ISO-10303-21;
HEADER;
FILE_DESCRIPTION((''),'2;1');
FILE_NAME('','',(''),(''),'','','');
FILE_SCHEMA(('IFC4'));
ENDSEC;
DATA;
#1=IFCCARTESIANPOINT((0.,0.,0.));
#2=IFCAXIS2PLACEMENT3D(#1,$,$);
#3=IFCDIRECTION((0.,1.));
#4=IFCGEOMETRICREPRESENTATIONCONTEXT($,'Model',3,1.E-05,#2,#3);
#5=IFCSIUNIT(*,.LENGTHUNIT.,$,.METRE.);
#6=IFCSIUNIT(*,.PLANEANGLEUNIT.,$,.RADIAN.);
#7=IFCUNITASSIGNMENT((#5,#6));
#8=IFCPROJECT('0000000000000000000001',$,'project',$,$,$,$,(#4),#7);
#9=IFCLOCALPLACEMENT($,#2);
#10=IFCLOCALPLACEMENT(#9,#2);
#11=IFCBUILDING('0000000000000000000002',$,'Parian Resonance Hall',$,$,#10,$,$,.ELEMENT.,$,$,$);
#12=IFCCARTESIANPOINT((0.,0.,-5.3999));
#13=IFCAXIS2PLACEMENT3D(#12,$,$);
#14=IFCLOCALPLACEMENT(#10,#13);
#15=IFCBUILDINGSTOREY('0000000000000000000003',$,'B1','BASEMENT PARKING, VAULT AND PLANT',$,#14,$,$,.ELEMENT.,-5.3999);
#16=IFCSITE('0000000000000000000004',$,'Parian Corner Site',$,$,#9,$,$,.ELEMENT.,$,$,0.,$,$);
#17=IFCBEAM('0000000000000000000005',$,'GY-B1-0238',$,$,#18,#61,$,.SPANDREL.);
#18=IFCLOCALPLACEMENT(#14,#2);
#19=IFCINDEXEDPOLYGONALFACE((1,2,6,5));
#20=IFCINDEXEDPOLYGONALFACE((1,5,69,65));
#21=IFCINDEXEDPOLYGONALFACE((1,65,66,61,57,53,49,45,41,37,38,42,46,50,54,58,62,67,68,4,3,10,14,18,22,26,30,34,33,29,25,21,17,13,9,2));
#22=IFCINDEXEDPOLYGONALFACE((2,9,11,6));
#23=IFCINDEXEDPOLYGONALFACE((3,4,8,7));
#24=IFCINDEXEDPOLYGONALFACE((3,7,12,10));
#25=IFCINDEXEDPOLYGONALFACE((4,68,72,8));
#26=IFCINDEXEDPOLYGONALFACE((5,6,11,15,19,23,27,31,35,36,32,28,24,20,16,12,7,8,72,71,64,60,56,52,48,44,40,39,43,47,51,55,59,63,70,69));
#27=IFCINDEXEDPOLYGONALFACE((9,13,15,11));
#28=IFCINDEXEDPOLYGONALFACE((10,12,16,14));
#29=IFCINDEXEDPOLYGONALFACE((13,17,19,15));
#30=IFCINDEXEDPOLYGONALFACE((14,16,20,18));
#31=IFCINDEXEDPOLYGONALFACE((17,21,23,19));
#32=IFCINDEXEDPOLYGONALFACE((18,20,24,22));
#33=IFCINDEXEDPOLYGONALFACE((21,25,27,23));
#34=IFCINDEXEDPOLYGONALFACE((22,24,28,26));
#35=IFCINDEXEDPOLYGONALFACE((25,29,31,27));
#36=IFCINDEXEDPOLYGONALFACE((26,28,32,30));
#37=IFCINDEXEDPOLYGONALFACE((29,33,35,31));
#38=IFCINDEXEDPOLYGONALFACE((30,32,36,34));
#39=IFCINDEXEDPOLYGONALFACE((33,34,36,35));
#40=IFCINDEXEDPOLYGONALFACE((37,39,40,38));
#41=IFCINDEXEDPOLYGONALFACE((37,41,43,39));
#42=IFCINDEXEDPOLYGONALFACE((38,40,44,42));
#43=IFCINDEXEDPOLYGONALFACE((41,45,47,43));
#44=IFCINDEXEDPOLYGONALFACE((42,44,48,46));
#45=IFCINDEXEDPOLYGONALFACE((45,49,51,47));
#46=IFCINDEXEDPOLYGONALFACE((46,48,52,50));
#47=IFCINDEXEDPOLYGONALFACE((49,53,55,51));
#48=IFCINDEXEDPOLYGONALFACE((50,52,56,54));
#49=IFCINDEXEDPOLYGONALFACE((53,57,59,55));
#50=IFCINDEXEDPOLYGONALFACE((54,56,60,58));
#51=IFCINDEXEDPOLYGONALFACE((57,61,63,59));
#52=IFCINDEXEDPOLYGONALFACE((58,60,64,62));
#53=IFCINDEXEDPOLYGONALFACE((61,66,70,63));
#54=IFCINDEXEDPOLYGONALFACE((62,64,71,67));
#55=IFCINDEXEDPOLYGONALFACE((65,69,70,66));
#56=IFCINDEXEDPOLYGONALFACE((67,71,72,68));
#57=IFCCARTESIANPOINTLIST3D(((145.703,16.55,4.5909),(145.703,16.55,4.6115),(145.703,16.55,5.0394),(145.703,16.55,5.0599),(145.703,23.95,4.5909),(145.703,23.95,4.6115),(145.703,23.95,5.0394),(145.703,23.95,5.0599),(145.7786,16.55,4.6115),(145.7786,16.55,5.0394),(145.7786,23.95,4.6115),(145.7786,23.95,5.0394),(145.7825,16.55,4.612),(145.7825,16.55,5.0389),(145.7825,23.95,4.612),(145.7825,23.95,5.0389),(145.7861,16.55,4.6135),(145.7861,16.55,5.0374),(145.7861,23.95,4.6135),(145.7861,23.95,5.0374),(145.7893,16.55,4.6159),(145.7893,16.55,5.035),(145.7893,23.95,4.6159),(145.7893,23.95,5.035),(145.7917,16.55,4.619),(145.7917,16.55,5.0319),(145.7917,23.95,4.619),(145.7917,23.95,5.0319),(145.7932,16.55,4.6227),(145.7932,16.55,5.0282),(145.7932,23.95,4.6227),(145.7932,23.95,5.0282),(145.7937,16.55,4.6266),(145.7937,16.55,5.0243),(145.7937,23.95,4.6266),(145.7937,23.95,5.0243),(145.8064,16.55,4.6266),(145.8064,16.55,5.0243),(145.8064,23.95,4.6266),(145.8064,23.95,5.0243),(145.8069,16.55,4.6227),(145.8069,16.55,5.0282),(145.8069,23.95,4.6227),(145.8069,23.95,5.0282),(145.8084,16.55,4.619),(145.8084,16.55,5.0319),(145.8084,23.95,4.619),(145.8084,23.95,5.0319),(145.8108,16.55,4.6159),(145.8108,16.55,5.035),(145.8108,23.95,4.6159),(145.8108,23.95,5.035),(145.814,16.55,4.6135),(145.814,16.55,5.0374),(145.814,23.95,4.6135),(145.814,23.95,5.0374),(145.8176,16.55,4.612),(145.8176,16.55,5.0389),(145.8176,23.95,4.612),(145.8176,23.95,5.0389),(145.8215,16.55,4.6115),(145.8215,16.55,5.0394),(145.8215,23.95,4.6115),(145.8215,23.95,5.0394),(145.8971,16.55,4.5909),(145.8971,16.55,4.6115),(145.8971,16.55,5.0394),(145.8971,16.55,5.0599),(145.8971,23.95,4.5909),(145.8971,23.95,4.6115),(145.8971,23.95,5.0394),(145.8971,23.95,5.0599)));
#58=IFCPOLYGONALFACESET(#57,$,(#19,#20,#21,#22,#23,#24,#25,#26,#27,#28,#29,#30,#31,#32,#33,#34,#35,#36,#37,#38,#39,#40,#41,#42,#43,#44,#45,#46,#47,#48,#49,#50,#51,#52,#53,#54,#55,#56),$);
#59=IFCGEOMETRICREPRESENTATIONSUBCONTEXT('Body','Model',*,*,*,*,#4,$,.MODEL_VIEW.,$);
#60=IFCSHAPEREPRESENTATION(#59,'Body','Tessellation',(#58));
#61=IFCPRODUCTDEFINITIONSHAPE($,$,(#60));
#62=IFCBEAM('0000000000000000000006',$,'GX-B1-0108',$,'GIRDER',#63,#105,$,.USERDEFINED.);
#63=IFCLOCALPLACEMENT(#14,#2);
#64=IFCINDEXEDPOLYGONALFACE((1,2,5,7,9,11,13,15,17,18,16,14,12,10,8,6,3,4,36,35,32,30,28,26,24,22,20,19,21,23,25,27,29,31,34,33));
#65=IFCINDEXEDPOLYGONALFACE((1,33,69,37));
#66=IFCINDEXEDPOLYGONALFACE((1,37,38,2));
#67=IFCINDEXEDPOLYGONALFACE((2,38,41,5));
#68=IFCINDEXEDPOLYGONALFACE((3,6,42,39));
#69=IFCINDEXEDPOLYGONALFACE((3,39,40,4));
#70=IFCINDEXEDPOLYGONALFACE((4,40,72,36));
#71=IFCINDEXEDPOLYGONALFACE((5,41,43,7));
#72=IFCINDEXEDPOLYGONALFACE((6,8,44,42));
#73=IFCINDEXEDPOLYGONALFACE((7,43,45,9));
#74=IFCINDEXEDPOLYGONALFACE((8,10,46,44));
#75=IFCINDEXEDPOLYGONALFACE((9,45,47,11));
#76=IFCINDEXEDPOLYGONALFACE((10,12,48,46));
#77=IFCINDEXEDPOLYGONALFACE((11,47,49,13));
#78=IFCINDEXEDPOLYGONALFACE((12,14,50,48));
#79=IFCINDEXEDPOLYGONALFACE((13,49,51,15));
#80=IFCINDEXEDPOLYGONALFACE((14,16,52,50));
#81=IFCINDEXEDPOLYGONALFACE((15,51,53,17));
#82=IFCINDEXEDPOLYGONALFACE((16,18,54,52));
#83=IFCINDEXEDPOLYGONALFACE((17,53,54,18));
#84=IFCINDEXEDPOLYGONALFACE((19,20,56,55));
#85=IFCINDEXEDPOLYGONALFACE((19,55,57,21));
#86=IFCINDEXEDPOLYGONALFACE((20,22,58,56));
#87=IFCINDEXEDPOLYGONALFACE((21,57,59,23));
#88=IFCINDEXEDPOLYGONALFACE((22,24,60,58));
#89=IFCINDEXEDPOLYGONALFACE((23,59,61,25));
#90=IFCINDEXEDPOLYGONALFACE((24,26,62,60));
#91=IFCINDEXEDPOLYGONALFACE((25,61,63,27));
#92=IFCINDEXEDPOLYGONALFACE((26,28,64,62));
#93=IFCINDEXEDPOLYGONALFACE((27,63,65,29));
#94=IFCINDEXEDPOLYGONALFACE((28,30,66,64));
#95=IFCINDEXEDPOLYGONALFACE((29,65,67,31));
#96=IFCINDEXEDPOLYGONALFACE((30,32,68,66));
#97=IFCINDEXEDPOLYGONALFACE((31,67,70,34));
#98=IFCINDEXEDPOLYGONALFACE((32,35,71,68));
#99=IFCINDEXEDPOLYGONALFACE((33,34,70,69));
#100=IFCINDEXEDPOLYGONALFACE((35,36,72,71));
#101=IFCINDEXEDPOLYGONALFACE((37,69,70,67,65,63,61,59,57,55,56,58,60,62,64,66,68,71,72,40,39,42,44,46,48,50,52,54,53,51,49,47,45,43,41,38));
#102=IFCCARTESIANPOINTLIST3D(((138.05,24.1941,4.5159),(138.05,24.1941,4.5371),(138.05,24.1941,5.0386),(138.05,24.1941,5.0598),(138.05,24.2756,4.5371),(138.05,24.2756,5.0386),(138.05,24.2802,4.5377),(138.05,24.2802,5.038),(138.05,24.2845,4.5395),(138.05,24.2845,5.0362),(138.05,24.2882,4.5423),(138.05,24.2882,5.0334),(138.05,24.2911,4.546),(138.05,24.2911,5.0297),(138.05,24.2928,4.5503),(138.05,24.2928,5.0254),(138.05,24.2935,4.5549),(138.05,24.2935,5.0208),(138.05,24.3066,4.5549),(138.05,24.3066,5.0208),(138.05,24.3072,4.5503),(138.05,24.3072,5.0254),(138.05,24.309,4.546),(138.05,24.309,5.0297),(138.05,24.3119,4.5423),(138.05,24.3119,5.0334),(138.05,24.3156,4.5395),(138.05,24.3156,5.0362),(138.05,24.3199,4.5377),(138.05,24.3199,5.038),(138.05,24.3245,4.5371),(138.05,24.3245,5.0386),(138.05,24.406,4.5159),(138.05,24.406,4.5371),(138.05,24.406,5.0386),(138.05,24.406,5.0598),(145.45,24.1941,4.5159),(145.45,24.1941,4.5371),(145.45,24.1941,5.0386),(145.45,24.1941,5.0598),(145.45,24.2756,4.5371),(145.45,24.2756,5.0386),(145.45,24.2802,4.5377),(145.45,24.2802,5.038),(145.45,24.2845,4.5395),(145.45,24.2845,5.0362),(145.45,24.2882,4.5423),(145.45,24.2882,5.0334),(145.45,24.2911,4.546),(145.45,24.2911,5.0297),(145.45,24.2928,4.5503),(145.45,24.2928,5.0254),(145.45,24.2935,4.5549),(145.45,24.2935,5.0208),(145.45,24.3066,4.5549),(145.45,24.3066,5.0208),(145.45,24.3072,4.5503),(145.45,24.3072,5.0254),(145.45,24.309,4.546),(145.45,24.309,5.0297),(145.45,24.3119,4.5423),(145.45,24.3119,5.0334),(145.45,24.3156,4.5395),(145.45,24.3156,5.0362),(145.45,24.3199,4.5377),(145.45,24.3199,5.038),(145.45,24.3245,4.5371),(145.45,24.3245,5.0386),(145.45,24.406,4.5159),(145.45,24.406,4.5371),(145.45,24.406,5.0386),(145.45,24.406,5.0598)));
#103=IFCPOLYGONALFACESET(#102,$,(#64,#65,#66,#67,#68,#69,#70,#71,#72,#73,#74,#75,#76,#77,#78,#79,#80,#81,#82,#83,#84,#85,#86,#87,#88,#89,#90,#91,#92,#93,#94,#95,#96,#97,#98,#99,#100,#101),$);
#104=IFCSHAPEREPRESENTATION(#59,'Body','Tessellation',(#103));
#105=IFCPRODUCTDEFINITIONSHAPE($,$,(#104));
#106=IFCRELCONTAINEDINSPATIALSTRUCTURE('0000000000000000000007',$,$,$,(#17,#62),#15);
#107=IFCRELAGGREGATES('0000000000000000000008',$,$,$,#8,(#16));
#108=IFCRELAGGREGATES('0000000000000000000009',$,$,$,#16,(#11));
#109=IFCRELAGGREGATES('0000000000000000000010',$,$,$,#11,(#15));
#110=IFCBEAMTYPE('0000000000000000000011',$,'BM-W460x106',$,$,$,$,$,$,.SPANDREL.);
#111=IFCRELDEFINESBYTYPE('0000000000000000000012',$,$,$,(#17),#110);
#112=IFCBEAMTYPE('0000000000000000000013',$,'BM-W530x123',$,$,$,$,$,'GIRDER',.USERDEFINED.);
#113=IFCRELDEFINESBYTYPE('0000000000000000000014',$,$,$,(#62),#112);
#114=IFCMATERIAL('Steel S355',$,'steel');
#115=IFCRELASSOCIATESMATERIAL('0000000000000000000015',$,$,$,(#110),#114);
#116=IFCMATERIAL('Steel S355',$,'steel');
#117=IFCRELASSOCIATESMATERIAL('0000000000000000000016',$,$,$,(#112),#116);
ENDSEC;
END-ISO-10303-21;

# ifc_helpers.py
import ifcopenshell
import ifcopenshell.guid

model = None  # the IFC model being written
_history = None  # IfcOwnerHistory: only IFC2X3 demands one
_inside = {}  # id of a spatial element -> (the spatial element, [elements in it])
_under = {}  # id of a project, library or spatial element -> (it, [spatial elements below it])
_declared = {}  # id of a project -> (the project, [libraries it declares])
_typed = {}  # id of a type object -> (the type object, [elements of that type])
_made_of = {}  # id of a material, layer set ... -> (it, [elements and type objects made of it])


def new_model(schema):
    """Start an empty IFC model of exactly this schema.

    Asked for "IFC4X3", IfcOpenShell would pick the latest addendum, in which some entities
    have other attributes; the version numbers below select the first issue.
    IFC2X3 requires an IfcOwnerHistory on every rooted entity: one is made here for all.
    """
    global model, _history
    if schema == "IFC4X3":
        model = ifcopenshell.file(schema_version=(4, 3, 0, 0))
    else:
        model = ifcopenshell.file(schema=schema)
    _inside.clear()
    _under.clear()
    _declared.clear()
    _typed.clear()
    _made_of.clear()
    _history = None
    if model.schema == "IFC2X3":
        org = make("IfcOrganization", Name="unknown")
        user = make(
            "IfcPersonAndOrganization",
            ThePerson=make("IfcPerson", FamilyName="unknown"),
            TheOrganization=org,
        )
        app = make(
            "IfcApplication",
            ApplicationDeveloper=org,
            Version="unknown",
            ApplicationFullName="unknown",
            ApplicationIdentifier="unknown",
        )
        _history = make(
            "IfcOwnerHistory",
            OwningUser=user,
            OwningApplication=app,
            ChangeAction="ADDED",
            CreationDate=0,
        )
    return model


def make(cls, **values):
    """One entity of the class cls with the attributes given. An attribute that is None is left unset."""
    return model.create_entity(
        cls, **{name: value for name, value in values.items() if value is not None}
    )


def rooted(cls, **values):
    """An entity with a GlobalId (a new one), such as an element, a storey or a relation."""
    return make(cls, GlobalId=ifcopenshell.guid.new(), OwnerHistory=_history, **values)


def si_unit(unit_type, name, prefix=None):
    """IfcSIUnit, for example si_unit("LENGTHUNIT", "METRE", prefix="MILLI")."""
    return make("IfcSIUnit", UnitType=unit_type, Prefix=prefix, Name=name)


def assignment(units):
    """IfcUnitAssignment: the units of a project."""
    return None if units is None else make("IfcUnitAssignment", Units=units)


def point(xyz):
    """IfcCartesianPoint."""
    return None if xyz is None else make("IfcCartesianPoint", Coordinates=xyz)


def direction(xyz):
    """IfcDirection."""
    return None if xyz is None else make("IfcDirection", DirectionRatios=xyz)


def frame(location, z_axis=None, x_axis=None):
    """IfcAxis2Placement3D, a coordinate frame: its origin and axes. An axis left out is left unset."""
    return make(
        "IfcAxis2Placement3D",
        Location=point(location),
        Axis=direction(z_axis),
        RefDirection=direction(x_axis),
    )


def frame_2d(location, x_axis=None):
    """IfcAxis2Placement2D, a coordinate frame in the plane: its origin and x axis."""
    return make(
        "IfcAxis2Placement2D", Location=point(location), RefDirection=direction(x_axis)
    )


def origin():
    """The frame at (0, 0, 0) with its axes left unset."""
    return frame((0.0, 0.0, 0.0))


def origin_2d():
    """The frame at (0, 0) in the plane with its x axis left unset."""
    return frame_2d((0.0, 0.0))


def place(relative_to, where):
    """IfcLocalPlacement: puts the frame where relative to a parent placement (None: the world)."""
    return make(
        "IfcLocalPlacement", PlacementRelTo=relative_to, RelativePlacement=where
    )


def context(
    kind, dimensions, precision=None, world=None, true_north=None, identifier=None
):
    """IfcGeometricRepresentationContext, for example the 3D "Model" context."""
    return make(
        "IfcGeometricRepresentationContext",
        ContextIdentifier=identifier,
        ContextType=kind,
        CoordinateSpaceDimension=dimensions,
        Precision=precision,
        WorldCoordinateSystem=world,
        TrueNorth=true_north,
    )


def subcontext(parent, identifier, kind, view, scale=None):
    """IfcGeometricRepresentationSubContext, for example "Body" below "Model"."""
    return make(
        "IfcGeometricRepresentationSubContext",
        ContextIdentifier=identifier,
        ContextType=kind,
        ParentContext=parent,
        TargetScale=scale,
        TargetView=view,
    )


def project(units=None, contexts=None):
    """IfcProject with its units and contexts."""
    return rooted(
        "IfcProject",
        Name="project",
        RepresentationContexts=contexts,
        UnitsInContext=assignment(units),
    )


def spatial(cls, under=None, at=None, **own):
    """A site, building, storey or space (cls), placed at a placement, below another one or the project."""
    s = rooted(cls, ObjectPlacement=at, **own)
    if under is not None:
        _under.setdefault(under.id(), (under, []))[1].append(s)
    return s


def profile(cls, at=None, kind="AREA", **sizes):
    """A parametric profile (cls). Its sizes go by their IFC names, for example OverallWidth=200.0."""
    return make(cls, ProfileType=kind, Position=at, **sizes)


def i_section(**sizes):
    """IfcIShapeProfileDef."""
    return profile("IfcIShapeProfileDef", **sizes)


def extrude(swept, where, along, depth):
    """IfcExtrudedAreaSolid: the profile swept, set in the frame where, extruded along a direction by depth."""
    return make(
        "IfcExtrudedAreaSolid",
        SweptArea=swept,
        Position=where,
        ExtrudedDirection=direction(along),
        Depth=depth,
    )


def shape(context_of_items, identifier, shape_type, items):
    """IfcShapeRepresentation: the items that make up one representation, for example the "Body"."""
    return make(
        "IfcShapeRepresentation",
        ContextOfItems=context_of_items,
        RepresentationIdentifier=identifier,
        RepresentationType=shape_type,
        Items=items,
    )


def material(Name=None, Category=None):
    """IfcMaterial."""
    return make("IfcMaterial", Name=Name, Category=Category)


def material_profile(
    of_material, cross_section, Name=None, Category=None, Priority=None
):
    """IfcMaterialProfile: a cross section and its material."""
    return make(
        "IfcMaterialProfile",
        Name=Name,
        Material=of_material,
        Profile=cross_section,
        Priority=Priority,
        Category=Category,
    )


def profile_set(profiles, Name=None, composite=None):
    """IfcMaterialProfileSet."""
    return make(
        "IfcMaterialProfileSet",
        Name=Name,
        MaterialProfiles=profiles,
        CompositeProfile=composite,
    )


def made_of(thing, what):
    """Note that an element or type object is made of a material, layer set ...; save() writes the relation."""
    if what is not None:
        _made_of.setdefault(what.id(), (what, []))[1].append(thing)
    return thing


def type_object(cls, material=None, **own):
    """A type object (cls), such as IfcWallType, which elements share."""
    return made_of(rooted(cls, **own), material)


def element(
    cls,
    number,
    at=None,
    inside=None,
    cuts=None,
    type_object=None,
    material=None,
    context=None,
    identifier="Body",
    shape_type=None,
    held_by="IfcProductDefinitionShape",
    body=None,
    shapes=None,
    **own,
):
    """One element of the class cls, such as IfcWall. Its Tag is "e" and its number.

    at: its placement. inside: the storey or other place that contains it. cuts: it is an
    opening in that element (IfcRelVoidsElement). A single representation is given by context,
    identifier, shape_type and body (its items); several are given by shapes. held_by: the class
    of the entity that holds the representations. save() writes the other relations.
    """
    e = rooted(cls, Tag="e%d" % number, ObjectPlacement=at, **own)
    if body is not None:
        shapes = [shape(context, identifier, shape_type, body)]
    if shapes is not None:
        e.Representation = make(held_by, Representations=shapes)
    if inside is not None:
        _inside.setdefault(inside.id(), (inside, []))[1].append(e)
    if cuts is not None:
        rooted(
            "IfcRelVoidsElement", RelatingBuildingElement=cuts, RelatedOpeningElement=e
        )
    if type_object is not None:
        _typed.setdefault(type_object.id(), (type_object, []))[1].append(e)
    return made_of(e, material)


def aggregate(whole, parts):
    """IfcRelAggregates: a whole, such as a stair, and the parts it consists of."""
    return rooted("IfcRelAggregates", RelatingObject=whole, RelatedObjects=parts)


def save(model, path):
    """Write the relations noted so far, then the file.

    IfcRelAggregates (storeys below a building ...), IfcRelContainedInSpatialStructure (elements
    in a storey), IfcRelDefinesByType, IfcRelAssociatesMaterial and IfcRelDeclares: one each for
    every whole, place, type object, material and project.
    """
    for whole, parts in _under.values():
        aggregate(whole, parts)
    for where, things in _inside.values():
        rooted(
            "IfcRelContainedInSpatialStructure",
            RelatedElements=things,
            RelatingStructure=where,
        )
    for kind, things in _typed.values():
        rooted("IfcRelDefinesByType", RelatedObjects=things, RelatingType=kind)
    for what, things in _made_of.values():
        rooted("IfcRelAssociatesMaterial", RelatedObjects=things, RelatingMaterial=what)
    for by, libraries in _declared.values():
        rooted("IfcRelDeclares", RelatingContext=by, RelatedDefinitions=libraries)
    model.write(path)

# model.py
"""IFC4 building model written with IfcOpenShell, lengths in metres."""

from ifc_helpers import new_model, si_unit, direction, frame, origin, origin_2d, place, context, subcontext, project, spatial, i_section, extrude, material, material_profile, profile_set, type_object, element, save


model = new_model("IFC4")

# Units and contexts
model_context = context("Model", 3, precision=1e-05, world=origin(), true_north=direction((0.0, 1.0)))
body_context = subcontext(model_context, "Body", "Model", "MODEL_VIEW")
ifc_project = project(units=[si_unit("LENGTHUNIT", "METRE"), si_unit("PLANEANGLEUNIT", "RADIAN")], contexts=[model_context])

# Site, building, storey
site_placement = place(None, origin())
site = spatial("IfcSite", under=ifc_project, at=site_placement, Name="Parian Corner Site", CompositionType="ELEMENT", RefElevation=0.0)
building_placement = place(site_placement, origin())
building = spatial("IfcBuilding", under=site, at=building_placement, Name="Parian Resonance Hall", CompositionType="ELEMENT")
storey_placement = place(building_placement, frame((0.0, 0.0, -5.3999)))
storey = spatial("IfcBuildingStorey", under=building, at=storey_placement, Name="B1", Description="BASEMENT PARKING, VAULT AND PLANT", CompositionType="ELEMENT", Elevation=-5.3999)

# Beams
ifc_material_1 = material(Name="Steel S355", Category="steel")
ifc_material_profile_1 = material_profile(ifc_material_1, i_section(OverallWidth=0.1941, OverallDepth=0.469, WebThickness=0.0127, FlangeThickness=0.0205, FilletRadius=0.0151, at=origin_2d()), Name="W460x106")
ifc_profile_set_1 = profile_set([ifc_material_profile_1], Name="Steel S355")
beam_type_1 = type_object("IfcBeamType", Name="BM-W460x106", PredefinedType="SPANDREL", material=ifc_profile_set_1)
beam_1_placement = place(storey_placement, frame((145.8, 16.55, 4.8254), z_axis=(0.0, 1.0, 0.0), x_axis=(-1.0, 0.0, 0.0)))
element("IfcBeam", 1, at=beam_1_placement, inside=storey, type_object=beam_type_1, Name="GY-B1-0238", PredefinedType="SPANDREL", context=body_context, shape_type="SweptSolid", body=[
    extrude(i_section(OverallWidth=0.1941, OverallDepth=0.469, WebThickness=0.0127, FlangeThickness=0.0205, FilletRadius=0.0151, at=origin_2d()), origin(), (0.0, 0.0, 1.0), 7.3999),
])
ifc_material_2 = material(Name="Steel S355", Category="steel")
ifc_material_profile_2 = material_profile(ifc_material_2, i_section(OverallWidth=0.2119, OverallDepth=0.5439, WebThickness=0.0132, FlangeThickness=0.0212, FilletRadius=0.0178, at=origin_2d()), Name="W530x123")
ifc_profile_set_2 = profile_set([ifc_material_profile_2], Name="Steel S355")
beam_type_2 = type_object("IfcBeamType", Name="BM-W530x123", ElementType="GIRDER", PredefinedType="USERDEFINED", material=ifc_profile_set_2)
beam_2_placement = place(storey_placement, frame((138.05, 24.3, 4.7878), z_axis=(1.0, 0.0, 0.0), x_axis=(0.0, 1.0, 0.0)))
element("IfcBeam", 2, at=beam_2_placement, inside=storey, type_object=beam_type_2, Name="GX-B1-0108", ObjectType="GIRDER", PredefinedType="USERDEFINED", context=body_context, shape_type="SweptSolid", body=[
    extrude(i_section(OverallWidth=0.2119, OverallDepth=0.5439, WebThickness=0.0132, FlangeThickness=0.0212, FilletRadius=0.0178, at=origin_2d()), origin(), (0.0, 0.0, 1.0), 7.3999),
])

save(model, "model.ifc")
